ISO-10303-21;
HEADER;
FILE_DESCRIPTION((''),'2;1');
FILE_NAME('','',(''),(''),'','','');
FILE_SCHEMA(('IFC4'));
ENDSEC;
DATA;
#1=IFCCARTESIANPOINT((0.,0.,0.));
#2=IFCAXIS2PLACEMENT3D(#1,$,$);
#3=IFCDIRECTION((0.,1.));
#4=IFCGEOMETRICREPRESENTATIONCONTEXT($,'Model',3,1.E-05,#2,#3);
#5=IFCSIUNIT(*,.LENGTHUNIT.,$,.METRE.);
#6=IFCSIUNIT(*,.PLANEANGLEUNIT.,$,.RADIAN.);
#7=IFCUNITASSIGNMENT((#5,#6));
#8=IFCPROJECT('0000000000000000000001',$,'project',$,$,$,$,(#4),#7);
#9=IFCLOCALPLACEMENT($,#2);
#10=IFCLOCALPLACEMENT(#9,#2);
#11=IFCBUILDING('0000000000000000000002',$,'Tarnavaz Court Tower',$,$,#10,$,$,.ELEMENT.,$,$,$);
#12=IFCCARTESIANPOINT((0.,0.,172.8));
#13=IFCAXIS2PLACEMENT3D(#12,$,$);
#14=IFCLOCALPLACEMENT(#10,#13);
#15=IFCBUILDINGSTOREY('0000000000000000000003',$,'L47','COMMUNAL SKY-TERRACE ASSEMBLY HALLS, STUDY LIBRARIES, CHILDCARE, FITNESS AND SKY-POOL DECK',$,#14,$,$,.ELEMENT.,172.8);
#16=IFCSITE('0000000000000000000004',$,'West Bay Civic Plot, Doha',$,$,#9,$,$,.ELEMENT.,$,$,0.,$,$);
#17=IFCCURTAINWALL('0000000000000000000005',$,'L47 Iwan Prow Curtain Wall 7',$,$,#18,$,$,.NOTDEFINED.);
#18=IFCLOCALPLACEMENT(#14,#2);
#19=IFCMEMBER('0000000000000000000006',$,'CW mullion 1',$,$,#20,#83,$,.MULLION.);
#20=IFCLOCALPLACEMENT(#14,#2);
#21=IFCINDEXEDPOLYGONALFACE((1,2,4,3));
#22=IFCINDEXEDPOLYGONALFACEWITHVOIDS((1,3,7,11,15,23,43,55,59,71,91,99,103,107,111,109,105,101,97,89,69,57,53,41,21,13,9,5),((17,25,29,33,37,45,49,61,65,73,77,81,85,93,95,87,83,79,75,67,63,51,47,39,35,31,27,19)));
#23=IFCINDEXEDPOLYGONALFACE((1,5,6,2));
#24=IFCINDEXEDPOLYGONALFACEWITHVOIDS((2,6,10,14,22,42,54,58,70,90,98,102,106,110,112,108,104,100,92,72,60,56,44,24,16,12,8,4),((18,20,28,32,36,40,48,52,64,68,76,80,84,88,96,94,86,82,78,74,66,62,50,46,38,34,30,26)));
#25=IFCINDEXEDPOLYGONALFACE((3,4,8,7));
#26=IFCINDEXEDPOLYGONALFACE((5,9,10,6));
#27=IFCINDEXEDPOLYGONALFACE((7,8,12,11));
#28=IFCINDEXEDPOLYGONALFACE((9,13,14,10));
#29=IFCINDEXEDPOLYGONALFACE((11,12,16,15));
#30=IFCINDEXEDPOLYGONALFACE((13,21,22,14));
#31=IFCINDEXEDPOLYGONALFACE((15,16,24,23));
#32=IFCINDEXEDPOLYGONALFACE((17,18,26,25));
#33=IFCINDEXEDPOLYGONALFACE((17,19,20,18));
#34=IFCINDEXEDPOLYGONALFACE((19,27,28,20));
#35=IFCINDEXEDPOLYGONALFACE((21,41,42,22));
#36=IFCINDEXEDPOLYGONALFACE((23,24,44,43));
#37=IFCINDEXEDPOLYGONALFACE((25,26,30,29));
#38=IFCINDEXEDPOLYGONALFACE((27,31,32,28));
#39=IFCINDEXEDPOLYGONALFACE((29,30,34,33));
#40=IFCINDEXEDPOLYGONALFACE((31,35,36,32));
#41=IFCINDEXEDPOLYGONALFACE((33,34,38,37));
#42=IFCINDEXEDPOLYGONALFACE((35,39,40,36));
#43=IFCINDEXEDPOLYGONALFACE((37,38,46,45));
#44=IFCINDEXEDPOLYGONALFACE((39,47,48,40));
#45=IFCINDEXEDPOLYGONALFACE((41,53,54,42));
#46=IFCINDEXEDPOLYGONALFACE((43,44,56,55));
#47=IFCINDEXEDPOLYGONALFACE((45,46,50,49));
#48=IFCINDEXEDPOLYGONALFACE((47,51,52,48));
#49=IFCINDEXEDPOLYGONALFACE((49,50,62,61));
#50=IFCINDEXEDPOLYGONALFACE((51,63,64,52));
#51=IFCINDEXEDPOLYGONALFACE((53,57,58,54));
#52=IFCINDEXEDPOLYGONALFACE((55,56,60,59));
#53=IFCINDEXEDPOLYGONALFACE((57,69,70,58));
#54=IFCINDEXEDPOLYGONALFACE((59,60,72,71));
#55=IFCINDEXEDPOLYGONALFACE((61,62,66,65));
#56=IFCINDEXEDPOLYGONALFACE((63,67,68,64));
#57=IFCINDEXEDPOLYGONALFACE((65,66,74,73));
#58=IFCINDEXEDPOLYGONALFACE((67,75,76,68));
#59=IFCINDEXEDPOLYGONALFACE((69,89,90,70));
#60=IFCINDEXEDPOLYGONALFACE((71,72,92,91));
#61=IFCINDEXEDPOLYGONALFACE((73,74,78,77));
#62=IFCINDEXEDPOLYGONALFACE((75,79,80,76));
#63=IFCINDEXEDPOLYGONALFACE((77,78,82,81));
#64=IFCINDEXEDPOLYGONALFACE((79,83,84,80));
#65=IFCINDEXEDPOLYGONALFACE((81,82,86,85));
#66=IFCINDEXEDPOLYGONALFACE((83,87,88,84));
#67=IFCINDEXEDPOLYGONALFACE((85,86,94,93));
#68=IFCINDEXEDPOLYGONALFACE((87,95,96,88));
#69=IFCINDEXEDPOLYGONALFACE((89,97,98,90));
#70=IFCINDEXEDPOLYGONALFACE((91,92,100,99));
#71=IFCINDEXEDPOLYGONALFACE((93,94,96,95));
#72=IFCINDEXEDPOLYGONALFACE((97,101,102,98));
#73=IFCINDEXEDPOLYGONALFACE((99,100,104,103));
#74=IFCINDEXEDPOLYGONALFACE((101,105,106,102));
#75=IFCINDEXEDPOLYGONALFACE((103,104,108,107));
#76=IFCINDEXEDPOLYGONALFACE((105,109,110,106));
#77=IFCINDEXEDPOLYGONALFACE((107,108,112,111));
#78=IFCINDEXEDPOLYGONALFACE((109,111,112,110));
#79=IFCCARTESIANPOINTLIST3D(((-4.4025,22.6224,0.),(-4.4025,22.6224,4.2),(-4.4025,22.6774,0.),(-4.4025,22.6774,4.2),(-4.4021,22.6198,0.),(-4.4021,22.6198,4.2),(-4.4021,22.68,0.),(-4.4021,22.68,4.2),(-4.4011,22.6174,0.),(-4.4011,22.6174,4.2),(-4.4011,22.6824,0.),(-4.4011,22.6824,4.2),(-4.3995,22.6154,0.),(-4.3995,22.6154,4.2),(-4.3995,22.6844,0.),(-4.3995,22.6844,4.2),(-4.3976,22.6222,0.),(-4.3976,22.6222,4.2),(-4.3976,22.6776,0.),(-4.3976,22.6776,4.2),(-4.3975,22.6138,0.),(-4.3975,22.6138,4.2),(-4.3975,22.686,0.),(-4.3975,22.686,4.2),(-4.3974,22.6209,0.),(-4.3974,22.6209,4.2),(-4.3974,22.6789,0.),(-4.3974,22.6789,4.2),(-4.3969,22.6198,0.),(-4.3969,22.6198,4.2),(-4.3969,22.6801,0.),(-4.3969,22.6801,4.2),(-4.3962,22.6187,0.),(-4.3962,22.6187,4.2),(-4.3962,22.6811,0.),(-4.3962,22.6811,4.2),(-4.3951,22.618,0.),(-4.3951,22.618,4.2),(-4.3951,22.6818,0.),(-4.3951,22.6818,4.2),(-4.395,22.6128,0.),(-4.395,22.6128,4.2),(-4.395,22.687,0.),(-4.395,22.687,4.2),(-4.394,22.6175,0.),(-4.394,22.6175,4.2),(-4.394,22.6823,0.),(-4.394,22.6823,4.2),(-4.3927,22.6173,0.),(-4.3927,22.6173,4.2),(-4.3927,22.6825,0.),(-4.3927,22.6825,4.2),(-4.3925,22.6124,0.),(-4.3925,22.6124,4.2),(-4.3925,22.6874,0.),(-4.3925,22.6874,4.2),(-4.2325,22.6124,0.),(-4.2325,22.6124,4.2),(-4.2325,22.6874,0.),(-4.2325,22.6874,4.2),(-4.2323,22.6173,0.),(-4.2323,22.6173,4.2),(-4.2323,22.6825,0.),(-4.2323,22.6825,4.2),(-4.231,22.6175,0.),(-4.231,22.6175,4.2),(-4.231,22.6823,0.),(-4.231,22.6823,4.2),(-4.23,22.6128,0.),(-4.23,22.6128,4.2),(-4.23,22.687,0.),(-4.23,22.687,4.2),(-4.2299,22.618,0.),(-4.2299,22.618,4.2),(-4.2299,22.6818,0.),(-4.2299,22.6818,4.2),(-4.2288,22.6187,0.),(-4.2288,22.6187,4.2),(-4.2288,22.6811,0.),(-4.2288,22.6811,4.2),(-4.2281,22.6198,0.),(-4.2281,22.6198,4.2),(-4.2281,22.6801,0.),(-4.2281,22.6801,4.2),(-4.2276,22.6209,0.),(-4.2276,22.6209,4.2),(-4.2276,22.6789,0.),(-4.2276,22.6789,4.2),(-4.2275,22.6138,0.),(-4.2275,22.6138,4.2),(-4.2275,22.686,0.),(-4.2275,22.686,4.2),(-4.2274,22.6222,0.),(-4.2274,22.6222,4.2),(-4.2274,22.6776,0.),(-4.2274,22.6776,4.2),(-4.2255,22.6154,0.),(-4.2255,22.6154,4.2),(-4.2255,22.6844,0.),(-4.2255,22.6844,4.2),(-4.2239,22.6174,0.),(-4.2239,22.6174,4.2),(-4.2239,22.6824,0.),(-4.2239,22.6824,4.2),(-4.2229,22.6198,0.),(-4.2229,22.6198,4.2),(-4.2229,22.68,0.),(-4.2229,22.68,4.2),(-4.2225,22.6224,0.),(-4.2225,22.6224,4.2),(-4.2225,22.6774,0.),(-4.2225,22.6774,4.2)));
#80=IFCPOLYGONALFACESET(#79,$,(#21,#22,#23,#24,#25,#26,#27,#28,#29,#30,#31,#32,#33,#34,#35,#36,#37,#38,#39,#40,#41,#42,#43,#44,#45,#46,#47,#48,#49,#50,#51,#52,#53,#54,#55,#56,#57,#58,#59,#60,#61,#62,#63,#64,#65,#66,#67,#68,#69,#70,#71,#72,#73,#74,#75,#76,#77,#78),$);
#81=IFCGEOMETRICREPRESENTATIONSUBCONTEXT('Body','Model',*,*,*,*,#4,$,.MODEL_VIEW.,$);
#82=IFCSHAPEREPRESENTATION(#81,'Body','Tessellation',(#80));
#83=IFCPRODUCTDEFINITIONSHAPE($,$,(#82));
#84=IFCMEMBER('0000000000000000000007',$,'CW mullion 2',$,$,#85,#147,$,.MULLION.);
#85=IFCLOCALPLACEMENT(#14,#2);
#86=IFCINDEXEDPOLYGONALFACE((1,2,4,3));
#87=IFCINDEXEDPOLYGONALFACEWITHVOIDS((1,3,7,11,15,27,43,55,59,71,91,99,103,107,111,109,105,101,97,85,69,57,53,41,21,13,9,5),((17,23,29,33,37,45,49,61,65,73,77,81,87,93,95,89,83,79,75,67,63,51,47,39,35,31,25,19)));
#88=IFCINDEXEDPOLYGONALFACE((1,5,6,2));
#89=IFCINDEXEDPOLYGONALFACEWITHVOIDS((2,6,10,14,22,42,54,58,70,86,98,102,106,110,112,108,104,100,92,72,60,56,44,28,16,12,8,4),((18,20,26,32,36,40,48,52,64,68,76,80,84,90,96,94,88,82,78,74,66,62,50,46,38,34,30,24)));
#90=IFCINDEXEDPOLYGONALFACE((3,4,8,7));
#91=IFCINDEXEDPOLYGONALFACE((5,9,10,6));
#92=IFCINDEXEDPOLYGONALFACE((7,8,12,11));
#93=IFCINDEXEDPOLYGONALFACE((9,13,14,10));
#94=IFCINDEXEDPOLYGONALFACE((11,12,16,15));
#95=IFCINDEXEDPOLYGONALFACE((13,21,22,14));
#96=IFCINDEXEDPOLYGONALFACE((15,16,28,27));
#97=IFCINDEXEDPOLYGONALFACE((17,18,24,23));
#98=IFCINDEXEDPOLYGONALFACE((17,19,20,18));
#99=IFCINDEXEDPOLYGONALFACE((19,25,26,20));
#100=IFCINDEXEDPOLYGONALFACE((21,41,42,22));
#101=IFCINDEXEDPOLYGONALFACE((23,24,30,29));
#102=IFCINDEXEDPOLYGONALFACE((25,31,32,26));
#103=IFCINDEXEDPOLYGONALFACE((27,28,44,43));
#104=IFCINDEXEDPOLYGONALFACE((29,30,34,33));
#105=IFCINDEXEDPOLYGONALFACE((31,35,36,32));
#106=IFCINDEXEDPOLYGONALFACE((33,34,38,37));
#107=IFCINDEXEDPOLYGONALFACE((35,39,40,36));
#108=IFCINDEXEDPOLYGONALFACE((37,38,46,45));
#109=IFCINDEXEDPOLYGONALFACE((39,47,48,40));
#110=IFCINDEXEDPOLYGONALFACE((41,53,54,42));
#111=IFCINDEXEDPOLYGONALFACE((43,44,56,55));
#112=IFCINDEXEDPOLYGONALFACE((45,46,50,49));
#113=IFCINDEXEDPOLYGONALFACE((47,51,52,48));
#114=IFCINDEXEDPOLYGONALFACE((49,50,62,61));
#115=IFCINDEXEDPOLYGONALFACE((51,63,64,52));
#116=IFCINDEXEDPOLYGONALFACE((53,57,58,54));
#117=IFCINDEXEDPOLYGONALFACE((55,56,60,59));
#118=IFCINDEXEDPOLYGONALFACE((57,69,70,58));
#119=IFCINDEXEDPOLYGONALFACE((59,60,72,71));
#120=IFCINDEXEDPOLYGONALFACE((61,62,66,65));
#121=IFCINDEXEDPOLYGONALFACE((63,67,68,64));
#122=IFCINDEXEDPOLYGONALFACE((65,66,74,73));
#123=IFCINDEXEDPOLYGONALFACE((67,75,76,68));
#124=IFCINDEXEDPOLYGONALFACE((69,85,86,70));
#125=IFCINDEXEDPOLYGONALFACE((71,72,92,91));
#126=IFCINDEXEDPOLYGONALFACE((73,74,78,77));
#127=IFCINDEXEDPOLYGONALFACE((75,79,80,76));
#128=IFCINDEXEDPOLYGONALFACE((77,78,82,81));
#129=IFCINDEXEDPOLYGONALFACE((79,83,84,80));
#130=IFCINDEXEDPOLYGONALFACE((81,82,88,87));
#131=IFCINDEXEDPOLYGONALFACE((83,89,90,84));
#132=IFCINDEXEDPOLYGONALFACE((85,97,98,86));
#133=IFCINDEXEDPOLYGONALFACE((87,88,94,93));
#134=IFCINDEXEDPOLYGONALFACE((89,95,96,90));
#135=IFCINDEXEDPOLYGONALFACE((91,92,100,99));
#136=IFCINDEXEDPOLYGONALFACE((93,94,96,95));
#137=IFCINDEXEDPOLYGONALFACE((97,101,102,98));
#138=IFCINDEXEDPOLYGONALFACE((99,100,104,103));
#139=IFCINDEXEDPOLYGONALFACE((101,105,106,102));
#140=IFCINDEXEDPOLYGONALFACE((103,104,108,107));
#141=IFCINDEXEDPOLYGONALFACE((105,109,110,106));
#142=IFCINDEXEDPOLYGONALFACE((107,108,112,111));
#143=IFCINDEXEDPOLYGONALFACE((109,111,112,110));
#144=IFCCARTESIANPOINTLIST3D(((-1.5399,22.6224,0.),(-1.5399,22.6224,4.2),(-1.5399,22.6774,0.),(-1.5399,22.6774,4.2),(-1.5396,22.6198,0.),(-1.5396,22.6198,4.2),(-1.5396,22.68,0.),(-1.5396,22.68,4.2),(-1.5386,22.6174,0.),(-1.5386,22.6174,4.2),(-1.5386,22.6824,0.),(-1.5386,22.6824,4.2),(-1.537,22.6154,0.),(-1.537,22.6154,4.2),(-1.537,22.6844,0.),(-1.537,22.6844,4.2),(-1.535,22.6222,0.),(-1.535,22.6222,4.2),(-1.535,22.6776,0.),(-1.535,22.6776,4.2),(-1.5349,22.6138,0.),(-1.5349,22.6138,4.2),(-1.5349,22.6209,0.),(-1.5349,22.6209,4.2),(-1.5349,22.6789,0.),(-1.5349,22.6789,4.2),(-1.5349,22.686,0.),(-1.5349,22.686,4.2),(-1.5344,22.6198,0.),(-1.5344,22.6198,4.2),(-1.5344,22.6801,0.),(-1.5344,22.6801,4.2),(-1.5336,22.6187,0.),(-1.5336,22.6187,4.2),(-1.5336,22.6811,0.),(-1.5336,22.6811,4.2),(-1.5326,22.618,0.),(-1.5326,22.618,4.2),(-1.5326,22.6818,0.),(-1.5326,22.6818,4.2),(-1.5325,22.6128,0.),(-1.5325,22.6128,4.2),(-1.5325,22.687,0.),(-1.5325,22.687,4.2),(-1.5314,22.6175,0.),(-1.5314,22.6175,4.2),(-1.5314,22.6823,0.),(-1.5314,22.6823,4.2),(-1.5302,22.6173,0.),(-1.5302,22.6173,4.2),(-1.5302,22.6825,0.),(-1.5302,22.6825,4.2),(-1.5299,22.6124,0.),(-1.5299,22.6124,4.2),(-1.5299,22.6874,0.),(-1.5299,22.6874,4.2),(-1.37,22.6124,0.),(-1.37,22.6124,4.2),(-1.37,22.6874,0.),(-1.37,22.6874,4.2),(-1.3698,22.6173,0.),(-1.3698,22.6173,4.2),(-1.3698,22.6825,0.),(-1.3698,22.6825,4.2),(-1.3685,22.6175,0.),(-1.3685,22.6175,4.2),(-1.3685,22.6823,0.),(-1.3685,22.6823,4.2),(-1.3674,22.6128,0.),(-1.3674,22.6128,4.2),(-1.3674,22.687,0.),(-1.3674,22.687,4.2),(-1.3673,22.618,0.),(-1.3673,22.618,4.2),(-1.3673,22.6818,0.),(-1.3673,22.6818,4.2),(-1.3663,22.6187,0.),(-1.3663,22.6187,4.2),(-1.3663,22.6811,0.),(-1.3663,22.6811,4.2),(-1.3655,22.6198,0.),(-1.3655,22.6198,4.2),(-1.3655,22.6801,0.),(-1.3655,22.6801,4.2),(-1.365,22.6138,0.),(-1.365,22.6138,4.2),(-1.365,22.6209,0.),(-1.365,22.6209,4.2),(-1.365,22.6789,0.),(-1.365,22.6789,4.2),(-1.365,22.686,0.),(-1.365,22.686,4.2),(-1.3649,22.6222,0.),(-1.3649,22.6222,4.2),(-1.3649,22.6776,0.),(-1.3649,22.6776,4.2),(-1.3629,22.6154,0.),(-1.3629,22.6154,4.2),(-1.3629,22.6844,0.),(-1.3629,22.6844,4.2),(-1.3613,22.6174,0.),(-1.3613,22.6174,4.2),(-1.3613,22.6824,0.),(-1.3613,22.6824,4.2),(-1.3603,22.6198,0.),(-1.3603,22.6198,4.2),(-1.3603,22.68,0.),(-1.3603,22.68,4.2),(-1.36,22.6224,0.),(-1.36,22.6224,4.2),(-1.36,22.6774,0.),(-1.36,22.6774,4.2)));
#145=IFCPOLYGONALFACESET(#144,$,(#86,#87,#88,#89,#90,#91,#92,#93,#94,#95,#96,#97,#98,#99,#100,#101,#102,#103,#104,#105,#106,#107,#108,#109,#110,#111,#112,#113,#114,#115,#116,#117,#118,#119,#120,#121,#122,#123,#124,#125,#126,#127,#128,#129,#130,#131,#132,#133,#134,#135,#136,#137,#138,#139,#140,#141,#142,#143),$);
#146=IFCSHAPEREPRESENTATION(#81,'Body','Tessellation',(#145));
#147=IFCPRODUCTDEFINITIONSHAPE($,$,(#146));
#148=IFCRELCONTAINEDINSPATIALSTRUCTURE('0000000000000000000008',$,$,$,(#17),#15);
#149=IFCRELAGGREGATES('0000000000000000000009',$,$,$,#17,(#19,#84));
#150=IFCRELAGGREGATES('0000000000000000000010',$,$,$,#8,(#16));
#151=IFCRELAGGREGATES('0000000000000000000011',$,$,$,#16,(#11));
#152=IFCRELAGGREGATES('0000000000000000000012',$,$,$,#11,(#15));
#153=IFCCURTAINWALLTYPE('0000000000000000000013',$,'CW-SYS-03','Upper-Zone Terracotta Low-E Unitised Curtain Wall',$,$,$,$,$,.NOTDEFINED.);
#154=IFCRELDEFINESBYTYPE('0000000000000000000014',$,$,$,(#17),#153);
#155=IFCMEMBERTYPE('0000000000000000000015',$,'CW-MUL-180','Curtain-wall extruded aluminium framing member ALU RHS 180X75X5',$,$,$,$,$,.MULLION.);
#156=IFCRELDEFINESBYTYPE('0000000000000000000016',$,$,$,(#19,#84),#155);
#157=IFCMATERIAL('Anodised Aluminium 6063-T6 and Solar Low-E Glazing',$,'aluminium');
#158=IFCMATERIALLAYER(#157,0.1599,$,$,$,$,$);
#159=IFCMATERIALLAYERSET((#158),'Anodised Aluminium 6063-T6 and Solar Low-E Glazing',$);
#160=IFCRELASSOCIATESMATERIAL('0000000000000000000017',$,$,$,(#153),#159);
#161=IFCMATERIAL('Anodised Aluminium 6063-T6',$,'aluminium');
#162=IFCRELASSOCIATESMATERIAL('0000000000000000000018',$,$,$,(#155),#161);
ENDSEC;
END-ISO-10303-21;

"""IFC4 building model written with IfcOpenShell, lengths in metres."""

from ifc_helpers import new_model, si_unit, direction, frame, origin, origin_2d, place, context, subcontext, project, spatial, hollow_rectangle, extrude, material, layer, layer_set, material_profile, profile_set, type_object, element, aggregate, save


model = new_model("IFC4")

# Units and contexts
model_context = context("Model", 3, precision=1e-05, world=origin(), true_north=direction((0.0, 1.0)))
body_context = subcontext(model_context, "Body", "Model", "MODEL_VIEW")
ifc_project = project(units=[si_unit("LENGTHUNIT", "METRE"), si_unit("PLANEANGLEUNIT", "RADIAN")], contexts=[model_context])

# Site, building, storey
site_placement = place(None, origin())
site = spatial("IfcSite", under=ifc_project, at=site_placement, Name="West Bay Civic Plot, Doha", CompositionType="ELEMENT", RefElevation=0.0)
building_placement = place(site_placement, origin())
building = spatial("IfcBuilding", under=site, at=building_placement, Name="Tarnavaz Court Tower", CompositionType="ELEMENT")
storey_placement = place(building_placement, frame((0.0, 0.0, 172.8)))
storey = spatial("IfcBuildingStorey", under=building, at=storey_placement, Name="L47", Description="COMMUNAL SKY-TERRACE ASSEMBLY HALLS, STUDY LIBRARIES, CHILDCARE, FITNESS AND SKY-POOL DECK", CompositionType="ELEMENT", Elevation=172.8)

# Curtain wall, members
ifc_material_1 = material(Name="Anodised Aluminium 6063-T6 and Solar Low-E Glazing", Category="aluminium")
ifc_layer_1 = layer(ifc_material_1, 0.1599)
ifc_layer_set_1 = layer_set([ifc_layer_1], Name="Anodised Aluminium 6063-T6 and Solar Low-E Glazing")
curtain_wall_type = type_object("IfcCurtainWallType", Name="CW-SYS-03", Description="Upper-Zone Terracotta Low-E Unitised Curtain Wall", PredefinedType="NOTDEFINED", material=ifc_layer_set_1)
curtain_wall_placement = place(storey_placement, origin())
curtain_wall = element("IfcCurtainWall", 1, at=curtain_wall_placement, inside=storey, type_object=curtain_wall_type, Name="L47 Iwan Prow Curtain Wall 7", PredefinedType="NOTDEFINED")
ifc_material_2 = material(Name="Anodised Aluminium 6063-T6", Category="aluminium")
ifc_material_profile_1 = material_profile(ifc_material_2, hollow_rectangle(XDim=0.075, YDim=0.1799, WallThickness=0.0049, InnerFilletRadius=0.0049, OuterFilletRadius=0.01, at=origin_2d()), Name="ALU RHS 180X75X5")
ifc_profile_set_1 = profile_set([ifc_material_profile_1], Name="Anodised Aluminium 6063-T6")
member_type_1 = type_object("IfcMemberType", Name="CW-MUL-180", Description="Curtain-wall extruded aluminium framing member ALU RHS 180X75X5", PredefinedType="MULLION", material=ifc_profile_set_1)
member_1_placement = place(storey_placement, frame((-4.3125, 22.6499, 0.0), z_axis=(0.0, 0.0, 1.0), x_axis=(0.0, 1.0, 0.0)))
member_1 = element("IfcMember", 2, at=member_1_placement, type_object=member_type_1, Name="CW mullion 1", PredefinedType="MULLION", context=body_context, shape_type="SweptSolid", body=[
    extrude(hollow_rectangle(XDim=0.075, YDim=0.1799, WallThickness=0.0049, InnerFilletRadius=0.0049, OuterFilletRadius=0.01, at=origin_2d()), origin(), (0.0, 0.0, 1.0), 4.2),
])
member_2_placement = place(storey_placement, frame((-1.45, 22.6499, 0.0), z_axis=(0.0, 0.0, 1.0), x_axis=(0.0, 1.0, 0.0)))
member_2 = element("IfcMember", 3, at=member_2_placement, type_object=member_type_1, Name="CW mullion 2", PredefinedType="MULLION", context=body_context, shape_type="SweptSolid", body=[
    extrude(hollow_rectangle(XDim=0.075, YDim=0.1799, WallThickness=0.0049, InnerFilletRadius=0.0049, OuterFilletRadius=0.01, at=origin_2d()), origin(), (0.0, 0.0, 1.0), 4.2),
])
aggregate(curtain_wall, [member_1, member_2])

save(model, "model.ifc")
